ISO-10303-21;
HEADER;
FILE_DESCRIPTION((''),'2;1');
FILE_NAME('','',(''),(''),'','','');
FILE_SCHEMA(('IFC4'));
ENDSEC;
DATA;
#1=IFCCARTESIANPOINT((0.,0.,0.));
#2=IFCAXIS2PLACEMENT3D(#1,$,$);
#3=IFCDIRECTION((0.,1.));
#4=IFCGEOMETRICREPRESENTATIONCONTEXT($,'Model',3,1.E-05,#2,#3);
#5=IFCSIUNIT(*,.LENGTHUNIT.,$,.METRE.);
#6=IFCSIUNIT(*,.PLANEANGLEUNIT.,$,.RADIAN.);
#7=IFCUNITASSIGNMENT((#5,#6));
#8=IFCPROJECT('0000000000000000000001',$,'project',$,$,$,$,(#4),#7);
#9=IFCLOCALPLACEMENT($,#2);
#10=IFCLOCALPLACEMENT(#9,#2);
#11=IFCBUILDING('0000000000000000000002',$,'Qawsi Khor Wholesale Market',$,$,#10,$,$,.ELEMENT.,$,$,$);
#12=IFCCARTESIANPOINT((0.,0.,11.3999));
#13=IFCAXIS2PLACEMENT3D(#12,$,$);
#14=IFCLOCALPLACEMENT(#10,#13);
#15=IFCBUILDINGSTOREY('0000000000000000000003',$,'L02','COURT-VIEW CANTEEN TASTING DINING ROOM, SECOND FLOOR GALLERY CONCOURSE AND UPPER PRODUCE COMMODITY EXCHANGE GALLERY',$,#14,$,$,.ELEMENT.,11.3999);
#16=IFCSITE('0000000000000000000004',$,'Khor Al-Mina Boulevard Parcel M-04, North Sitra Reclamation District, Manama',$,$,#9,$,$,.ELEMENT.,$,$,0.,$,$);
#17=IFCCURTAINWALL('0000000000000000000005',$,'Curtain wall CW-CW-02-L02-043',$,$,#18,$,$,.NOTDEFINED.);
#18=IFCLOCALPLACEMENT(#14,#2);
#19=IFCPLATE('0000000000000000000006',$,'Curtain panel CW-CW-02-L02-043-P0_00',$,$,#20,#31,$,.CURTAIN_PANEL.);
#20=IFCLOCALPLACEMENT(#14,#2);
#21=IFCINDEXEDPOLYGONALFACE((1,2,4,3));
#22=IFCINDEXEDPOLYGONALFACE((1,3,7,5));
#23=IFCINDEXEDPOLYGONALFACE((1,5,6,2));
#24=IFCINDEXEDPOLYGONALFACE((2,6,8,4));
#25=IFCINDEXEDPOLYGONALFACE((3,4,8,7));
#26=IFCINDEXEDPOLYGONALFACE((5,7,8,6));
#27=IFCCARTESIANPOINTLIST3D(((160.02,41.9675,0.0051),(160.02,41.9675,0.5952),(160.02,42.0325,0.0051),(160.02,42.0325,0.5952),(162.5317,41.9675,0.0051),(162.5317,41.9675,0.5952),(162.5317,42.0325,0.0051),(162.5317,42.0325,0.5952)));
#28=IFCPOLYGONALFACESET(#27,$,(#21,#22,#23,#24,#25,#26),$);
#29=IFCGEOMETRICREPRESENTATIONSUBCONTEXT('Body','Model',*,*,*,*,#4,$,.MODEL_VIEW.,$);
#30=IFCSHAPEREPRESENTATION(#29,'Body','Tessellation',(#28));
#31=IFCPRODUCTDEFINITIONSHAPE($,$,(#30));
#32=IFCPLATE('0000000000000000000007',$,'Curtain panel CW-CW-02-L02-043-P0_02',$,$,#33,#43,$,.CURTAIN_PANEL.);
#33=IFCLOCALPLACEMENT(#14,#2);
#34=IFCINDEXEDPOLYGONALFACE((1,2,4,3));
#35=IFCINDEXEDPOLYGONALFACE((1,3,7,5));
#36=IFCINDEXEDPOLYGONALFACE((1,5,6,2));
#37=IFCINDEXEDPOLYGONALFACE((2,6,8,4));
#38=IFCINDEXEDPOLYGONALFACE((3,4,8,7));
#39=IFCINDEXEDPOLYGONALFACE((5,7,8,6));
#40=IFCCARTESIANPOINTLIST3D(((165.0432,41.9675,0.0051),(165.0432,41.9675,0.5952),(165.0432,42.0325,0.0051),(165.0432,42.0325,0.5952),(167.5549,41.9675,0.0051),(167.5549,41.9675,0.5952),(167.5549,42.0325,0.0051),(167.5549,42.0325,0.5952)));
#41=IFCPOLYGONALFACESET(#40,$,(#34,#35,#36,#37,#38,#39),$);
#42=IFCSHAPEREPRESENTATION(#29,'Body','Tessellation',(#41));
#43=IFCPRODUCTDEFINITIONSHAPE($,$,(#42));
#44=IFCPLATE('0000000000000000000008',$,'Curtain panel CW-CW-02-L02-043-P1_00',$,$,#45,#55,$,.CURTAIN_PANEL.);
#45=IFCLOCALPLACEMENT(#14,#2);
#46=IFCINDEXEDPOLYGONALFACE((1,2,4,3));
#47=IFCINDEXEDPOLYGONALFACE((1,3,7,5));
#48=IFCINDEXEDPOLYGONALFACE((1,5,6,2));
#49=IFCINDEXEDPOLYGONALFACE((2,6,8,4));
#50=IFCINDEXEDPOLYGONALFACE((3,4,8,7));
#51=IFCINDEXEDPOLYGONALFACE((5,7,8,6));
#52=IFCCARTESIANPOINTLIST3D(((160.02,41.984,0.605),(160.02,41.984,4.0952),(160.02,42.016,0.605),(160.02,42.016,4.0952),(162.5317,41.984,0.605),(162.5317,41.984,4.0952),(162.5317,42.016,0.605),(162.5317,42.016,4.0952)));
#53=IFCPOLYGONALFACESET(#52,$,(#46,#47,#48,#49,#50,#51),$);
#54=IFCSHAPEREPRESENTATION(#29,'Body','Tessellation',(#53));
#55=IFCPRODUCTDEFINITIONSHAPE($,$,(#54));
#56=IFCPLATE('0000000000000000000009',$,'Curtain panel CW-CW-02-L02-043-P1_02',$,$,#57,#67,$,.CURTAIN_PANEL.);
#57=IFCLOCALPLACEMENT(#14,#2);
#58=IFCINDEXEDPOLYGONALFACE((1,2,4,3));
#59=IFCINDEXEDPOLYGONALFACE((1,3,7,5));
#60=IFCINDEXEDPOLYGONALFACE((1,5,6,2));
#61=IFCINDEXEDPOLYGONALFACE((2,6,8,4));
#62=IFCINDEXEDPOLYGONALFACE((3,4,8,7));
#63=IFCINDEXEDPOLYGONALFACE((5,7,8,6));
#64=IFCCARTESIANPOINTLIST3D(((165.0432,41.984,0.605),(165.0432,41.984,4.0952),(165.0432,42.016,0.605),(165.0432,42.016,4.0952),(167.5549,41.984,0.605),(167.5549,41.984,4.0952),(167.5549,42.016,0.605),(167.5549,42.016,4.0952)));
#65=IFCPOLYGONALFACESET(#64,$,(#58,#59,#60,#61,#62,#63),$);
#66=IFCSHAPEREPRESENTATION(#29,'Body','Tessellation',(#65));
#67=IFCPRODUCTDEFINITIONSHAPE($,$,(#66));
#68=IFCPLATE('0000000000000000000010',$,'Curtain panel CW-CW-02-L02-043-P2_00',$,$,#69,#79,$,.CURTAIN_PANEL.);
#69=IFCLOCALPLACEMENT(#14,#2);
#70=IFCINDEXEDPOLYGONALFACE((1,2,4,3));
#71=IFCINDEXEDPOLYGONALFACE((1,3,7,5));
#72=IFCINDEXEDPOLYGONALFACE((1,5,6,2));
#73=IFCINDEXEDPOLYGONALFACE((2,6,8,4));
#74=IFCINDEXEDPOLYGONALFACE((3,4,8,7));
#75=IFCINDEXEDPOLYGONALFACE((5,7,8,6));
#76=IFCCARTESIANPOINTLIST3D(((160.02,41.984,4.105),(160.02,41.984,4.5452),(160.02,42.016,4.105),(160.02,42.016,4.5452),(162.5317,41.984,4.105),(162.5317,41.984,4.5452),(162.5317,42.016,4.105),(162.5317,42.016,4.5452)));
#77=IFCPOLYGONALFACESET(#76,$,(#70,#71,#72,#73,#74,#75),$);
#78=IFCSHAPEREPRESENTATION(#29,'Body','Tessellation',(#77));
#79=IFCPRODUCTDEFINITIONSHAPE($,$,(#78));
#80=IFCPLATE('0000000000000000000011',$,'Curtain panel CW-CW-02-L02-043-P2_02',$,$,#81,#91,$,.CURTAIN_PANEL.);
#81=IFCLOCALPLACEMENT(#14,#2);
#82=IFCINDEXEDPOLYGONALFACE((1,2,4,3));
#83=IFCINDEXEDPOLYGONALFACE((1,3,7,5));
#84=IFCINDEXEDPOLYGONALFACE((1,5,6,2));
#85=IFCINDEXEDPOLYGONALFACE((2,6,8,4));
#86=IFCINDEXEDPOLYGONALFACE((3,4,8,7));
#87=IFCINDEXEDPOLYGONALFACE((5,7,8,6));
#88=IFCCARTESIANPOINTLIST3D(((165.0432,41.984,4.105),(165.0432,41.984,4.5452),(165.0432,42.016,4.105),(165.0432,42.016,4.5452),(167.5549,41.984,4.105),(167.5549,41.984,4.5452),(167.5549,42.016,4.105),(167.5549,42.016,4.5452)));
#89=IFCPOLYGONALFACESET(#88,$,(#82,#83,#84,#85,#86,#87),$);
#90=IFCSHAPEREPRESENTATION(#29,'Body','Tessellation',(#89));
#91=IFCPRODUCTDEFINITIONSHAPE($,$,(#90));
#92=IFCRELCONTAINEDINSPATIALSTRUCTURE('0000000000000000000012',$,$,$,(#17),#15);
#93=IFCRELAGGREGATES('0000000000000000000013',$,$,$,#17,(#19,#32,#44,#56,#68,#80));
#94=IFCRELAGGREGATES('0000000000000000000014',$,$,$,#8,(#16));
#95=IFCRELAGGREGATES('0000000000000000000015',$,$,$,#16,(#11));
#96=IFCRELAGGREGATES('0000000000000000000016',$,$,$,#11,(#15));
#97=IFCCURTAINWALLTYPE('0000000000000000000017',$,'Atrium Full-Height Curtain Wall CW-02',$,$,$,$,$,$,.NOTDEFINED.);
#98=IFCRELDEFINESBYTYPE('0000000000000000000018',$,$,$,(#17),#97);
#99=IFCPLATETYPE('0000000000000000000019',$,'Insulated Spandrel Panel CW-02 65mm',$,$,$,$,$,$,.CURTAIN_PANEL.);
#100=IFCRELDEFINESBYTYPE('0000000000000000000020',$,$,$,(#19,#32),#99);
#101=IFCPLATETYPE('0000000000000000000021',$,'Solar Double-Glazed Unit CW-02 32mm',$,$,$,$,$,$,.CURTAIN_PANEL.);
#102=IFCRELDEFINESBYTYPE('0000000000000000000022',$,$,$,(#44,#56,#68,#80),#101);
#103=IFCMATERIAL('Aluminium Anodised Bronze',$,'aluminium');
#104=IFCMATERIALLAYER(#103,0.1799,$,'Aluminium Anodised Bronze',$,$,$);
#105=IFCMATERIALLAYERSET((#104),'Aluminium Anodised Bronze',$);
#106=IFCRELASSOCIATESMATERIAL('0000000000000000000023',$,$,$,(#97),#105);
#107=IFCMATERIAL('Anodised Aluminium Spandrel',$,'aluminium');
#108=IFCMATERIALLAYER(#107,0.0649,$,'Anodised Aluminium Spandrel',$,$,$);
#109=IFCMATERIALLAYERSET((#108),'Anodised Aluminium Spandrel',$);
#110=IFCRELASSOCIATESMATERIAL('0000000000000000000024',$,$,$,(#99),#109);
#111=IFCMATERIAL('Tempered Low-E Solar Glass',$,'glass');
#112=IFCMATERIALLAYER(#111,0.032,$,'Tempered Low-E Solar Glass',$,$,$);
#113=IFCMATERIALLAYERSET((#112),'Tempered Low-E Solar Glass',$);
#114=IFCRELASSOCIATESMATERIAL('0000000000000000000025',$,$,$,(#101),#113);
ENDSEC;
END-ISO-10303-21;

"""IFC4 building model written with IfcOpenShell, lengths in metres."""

from ifc_helpers import new_model, si_unit, direction, frame, frame_2d, origin, place, context, subcontext, project, spatial, rectangle, extrude, material, layer, layer_set, type_object, element, aggregate, save


model = new_model("IFC4")

# Units and contexts
model_context = context("Model", 3, precision=1e-05, world=origin(), true_north=direction((0.0, 1.0)))
body_context = subcontext(model_context, "Body", "Model", "MODEL_VIEW")
ifc_project = project(units=[si_unit("LENGTHUNIT", "METRE"), si_unit("PLANEANGLEUNIT", "RADIAN")], contexts=[model_context])

# Site, building, storey
site_placement = place(None, origin())
site = spatial("IfcSite", under=ifc_project, at=site_placement, Name="Khor Al-Mina Boulevard Parcel M-04, North Sitra Reclamation District, Manama", CompositionType="ELEMENT", RefElevation=0.0)
building_placement = place(site_placement, origin())
building = spatial("IfcBuilding", under=site, at=building_placement, Name="Qawsi Khor Wholesale Market", CompositionType="ELEMENT")
storey_placement = place(building_placement, frame((0.0, 0.0, 11.3999)))
storey = spatial("IfcBuildingStorey", under=building, at=storey_placement, Name="L02", Description="COURT-VIEW CANTEEN TASTING DINING ROOM, SECOND FLOOR GALLERY CONCOURSE AND UPPER PRODUCE COMMODITY EXCHANGE GALLERY", CompositionType="ELEMENT", Elevation=11.3999)

# Curtain wall, plates
ifc_material_1 = material(Name="Aluminium Anodised Bronze", Category="aluminium")
ifc_layer_1 = layer(ifc_material_1, 0.1799, Name="Aluminium Anodised Bronze")
ifc_layer_set_1 = layer_set([ifc_layer_1], Name="Aluminium Anodised Bronze")
curtain_wall_type = type_object("IfcCurtainWallType", Name="Atrium Full-Height Curtain Wall CW-02", PredefinedType="NOTDEFINED", material=ifc_layer_set_1)
curtain_wall_placement = place(storey_placement, origin())
curtain_wall = element("IfcCurtainWall", 1, at=curtain_wall_placement, inside=storey, type_object=curtain_wall_type, Name="Curtain wall CW-CW-02-L02-043", PredefinedType="NOTDEFINED")
ifc_material_2 = material(Name="Anodised Aluminium Spandrel", Category="aluminium")
ifc_layer_2 = layer(ifc_material_2, 0.0649, Name="Anodised Aluminium Spandrel")
ifc_layer_set_2 = layer_set([ifc_layer_2], Name="Anodised Aluminium Spandrel")
plate_type_1 = type_object("IfcPlateType", Name="Insulated Spandrel Panel CW-02 65mm", PredefinedType="CURTAIN_PANEL", material=ifc_layer_set_2)
plate_1_placement = place(storey_placement, frame((160.02, 42.0, 0.0051), z_axis=(0.0, 0.0, 1.0), x_axis=(1.0, 0.0, 0.0)))
plate_1 = element("IfcPlate", 2, at=plate_1_placement, type_object=plate_type_1, Name="Curtain panel CW-CW-02-L02-043-P0_00", PredefinedType="CURTAIN_PANEL", context=body_context, shape_type="SweptSolid", body=[
    extrude(rectangle(XDim=2.5117, YDim=0.0649, at=frame_2d((1.2559, 0.0))), origin(), (0.0, 0.0, 1.0), 0.5901),
])
plate_2_placement = place(storey_placement, frame((165.0432, 42.0, 0.0051), z_axis=(0.0, 0.0, 1.0), x_axis=(1.0, 0.0, 0.0)))
plate_2 = element("IfcPlate", 3, at=plate_2_placement, type_object=plate_type_1, Name="Curtain panel CW-CW-02-L02-043-P0_02", PredefinedType="CURTAIN_PANEL", context=body_context, shape_type="SweptSolid", body=[
    extrude(rectangle(XDim=2.5117, YDim=0.0649, at=frame_2d((1.2559, 0.0))), origin(), (0.0, 0.0, 1.0), 0.5901),
])
ifc_material_3 = material(Name="Tempered Low-E Solar Glass", Category="glass")
ifc_layer_3 = layer(ifc_material_3, 0.032, Name="Tempered Low-E Solar Glass")
ifc_layer_set_3 = layer_set([ifc_layer_3], Name="Tempered Low-E Solar Glass")
plate_type_2 = type_object("IfcPlateType", Name="Solar Double-Glazed Unit CW-02 32mm", PredefinedType="CURTAIN_PANEL", material=ifc_layer_set_3)
plate_3_placement = place(storey_placement, frame((160.02, 42.0, 0.605), z_axis=(0.0, 0.0, 1.0), x_axis=(1.0, 0.0, 0.0)))
plate_3 = element("IfcPlate", 4, at=plate_3_placement, type_object=plate_type_2, Name="Curtain panel CW-CW-02-L02-043-P1_00", PredefinedType="CURTAIN_PANEL", context=body_context, shape_type="SweptSolid", body=[
    extrude(rectangle(XDim=2.5117, YDim=0.032, at=frame_2d((1.2559, 0.0))), origin(), (0.0, 0.0, 1.0), 3.4902),
])
plate_4_placement = place(storey_placement, frame((165.0432, 42.0, 0.605), z_axis=(0.0, 0.0, 1.0), x_axis=(1.0, 0.0, 0.0)))
plate_4 = element("IfcPlate", 5, at=plate_4_placement, type_object=plate_type_2, Name="Curtain panel CW-CW-02-L02-043-P1_02", PredefinedType="CURTAIN_PANEL", context=body_context, shape_type="SweptSolid", body=[
    extrude(rectangle(XDim=2.5117, YDim=0.032, at=frame_2d((1.2559, 0.0))), origin(), (0.0, 0.0, 1.0), 3.4902),
])
plate_5_placement = place(storey_placement, frame((160.02, 42.0, 4.105), z_axis=(0.0, 0.0, 1.0), x_axis=(1.0, 0.0, 0.0)))
plate_5 = element("IfcPlate", 6, at=plate_5_placement, type_object=plate_type_2, Name="Curtain panel CW-CW-02-L02-043-P2_00", PredefinedType="CURTAIN_PANEL", context=body_context, shape_type="SweptSolid", body=[
    extrude(rectangle(XDim=2.5117, YDim=0.032, at=frame_2d((1.2559, 0.0))), origin(), (0.0, 0.0, 1.0), 0.4402),
])
plate_6_placement = place(storey_placement, frame((165.0432, 42.0, 4.105), z_axis=(0.0, 0.0, 1.0), x_axis=(1.0, 0.0, 0.0)))
plate_6 = element("IfcPlate", 7, at=plate_6_placement, type_object=plate_type_2, Name="Curtain panel CW-CW-02-L02-043-P2_02", PredefinedType="CURTAIN_PANEL", context=body_context, shape_type="SweptSolid", body=[
    extrude(rectangle(XDim=2.5117, YDim=0.032, at=frame_2d((1.2559, 0.0))), origin(), (0.0, 0.0, 1.0), 0.4402),
])
aggregate(curtain_wall, [plate_1, plate_2, plate_3, plate_4, plate_5, plate_6])

save(model, "model.ifc")
